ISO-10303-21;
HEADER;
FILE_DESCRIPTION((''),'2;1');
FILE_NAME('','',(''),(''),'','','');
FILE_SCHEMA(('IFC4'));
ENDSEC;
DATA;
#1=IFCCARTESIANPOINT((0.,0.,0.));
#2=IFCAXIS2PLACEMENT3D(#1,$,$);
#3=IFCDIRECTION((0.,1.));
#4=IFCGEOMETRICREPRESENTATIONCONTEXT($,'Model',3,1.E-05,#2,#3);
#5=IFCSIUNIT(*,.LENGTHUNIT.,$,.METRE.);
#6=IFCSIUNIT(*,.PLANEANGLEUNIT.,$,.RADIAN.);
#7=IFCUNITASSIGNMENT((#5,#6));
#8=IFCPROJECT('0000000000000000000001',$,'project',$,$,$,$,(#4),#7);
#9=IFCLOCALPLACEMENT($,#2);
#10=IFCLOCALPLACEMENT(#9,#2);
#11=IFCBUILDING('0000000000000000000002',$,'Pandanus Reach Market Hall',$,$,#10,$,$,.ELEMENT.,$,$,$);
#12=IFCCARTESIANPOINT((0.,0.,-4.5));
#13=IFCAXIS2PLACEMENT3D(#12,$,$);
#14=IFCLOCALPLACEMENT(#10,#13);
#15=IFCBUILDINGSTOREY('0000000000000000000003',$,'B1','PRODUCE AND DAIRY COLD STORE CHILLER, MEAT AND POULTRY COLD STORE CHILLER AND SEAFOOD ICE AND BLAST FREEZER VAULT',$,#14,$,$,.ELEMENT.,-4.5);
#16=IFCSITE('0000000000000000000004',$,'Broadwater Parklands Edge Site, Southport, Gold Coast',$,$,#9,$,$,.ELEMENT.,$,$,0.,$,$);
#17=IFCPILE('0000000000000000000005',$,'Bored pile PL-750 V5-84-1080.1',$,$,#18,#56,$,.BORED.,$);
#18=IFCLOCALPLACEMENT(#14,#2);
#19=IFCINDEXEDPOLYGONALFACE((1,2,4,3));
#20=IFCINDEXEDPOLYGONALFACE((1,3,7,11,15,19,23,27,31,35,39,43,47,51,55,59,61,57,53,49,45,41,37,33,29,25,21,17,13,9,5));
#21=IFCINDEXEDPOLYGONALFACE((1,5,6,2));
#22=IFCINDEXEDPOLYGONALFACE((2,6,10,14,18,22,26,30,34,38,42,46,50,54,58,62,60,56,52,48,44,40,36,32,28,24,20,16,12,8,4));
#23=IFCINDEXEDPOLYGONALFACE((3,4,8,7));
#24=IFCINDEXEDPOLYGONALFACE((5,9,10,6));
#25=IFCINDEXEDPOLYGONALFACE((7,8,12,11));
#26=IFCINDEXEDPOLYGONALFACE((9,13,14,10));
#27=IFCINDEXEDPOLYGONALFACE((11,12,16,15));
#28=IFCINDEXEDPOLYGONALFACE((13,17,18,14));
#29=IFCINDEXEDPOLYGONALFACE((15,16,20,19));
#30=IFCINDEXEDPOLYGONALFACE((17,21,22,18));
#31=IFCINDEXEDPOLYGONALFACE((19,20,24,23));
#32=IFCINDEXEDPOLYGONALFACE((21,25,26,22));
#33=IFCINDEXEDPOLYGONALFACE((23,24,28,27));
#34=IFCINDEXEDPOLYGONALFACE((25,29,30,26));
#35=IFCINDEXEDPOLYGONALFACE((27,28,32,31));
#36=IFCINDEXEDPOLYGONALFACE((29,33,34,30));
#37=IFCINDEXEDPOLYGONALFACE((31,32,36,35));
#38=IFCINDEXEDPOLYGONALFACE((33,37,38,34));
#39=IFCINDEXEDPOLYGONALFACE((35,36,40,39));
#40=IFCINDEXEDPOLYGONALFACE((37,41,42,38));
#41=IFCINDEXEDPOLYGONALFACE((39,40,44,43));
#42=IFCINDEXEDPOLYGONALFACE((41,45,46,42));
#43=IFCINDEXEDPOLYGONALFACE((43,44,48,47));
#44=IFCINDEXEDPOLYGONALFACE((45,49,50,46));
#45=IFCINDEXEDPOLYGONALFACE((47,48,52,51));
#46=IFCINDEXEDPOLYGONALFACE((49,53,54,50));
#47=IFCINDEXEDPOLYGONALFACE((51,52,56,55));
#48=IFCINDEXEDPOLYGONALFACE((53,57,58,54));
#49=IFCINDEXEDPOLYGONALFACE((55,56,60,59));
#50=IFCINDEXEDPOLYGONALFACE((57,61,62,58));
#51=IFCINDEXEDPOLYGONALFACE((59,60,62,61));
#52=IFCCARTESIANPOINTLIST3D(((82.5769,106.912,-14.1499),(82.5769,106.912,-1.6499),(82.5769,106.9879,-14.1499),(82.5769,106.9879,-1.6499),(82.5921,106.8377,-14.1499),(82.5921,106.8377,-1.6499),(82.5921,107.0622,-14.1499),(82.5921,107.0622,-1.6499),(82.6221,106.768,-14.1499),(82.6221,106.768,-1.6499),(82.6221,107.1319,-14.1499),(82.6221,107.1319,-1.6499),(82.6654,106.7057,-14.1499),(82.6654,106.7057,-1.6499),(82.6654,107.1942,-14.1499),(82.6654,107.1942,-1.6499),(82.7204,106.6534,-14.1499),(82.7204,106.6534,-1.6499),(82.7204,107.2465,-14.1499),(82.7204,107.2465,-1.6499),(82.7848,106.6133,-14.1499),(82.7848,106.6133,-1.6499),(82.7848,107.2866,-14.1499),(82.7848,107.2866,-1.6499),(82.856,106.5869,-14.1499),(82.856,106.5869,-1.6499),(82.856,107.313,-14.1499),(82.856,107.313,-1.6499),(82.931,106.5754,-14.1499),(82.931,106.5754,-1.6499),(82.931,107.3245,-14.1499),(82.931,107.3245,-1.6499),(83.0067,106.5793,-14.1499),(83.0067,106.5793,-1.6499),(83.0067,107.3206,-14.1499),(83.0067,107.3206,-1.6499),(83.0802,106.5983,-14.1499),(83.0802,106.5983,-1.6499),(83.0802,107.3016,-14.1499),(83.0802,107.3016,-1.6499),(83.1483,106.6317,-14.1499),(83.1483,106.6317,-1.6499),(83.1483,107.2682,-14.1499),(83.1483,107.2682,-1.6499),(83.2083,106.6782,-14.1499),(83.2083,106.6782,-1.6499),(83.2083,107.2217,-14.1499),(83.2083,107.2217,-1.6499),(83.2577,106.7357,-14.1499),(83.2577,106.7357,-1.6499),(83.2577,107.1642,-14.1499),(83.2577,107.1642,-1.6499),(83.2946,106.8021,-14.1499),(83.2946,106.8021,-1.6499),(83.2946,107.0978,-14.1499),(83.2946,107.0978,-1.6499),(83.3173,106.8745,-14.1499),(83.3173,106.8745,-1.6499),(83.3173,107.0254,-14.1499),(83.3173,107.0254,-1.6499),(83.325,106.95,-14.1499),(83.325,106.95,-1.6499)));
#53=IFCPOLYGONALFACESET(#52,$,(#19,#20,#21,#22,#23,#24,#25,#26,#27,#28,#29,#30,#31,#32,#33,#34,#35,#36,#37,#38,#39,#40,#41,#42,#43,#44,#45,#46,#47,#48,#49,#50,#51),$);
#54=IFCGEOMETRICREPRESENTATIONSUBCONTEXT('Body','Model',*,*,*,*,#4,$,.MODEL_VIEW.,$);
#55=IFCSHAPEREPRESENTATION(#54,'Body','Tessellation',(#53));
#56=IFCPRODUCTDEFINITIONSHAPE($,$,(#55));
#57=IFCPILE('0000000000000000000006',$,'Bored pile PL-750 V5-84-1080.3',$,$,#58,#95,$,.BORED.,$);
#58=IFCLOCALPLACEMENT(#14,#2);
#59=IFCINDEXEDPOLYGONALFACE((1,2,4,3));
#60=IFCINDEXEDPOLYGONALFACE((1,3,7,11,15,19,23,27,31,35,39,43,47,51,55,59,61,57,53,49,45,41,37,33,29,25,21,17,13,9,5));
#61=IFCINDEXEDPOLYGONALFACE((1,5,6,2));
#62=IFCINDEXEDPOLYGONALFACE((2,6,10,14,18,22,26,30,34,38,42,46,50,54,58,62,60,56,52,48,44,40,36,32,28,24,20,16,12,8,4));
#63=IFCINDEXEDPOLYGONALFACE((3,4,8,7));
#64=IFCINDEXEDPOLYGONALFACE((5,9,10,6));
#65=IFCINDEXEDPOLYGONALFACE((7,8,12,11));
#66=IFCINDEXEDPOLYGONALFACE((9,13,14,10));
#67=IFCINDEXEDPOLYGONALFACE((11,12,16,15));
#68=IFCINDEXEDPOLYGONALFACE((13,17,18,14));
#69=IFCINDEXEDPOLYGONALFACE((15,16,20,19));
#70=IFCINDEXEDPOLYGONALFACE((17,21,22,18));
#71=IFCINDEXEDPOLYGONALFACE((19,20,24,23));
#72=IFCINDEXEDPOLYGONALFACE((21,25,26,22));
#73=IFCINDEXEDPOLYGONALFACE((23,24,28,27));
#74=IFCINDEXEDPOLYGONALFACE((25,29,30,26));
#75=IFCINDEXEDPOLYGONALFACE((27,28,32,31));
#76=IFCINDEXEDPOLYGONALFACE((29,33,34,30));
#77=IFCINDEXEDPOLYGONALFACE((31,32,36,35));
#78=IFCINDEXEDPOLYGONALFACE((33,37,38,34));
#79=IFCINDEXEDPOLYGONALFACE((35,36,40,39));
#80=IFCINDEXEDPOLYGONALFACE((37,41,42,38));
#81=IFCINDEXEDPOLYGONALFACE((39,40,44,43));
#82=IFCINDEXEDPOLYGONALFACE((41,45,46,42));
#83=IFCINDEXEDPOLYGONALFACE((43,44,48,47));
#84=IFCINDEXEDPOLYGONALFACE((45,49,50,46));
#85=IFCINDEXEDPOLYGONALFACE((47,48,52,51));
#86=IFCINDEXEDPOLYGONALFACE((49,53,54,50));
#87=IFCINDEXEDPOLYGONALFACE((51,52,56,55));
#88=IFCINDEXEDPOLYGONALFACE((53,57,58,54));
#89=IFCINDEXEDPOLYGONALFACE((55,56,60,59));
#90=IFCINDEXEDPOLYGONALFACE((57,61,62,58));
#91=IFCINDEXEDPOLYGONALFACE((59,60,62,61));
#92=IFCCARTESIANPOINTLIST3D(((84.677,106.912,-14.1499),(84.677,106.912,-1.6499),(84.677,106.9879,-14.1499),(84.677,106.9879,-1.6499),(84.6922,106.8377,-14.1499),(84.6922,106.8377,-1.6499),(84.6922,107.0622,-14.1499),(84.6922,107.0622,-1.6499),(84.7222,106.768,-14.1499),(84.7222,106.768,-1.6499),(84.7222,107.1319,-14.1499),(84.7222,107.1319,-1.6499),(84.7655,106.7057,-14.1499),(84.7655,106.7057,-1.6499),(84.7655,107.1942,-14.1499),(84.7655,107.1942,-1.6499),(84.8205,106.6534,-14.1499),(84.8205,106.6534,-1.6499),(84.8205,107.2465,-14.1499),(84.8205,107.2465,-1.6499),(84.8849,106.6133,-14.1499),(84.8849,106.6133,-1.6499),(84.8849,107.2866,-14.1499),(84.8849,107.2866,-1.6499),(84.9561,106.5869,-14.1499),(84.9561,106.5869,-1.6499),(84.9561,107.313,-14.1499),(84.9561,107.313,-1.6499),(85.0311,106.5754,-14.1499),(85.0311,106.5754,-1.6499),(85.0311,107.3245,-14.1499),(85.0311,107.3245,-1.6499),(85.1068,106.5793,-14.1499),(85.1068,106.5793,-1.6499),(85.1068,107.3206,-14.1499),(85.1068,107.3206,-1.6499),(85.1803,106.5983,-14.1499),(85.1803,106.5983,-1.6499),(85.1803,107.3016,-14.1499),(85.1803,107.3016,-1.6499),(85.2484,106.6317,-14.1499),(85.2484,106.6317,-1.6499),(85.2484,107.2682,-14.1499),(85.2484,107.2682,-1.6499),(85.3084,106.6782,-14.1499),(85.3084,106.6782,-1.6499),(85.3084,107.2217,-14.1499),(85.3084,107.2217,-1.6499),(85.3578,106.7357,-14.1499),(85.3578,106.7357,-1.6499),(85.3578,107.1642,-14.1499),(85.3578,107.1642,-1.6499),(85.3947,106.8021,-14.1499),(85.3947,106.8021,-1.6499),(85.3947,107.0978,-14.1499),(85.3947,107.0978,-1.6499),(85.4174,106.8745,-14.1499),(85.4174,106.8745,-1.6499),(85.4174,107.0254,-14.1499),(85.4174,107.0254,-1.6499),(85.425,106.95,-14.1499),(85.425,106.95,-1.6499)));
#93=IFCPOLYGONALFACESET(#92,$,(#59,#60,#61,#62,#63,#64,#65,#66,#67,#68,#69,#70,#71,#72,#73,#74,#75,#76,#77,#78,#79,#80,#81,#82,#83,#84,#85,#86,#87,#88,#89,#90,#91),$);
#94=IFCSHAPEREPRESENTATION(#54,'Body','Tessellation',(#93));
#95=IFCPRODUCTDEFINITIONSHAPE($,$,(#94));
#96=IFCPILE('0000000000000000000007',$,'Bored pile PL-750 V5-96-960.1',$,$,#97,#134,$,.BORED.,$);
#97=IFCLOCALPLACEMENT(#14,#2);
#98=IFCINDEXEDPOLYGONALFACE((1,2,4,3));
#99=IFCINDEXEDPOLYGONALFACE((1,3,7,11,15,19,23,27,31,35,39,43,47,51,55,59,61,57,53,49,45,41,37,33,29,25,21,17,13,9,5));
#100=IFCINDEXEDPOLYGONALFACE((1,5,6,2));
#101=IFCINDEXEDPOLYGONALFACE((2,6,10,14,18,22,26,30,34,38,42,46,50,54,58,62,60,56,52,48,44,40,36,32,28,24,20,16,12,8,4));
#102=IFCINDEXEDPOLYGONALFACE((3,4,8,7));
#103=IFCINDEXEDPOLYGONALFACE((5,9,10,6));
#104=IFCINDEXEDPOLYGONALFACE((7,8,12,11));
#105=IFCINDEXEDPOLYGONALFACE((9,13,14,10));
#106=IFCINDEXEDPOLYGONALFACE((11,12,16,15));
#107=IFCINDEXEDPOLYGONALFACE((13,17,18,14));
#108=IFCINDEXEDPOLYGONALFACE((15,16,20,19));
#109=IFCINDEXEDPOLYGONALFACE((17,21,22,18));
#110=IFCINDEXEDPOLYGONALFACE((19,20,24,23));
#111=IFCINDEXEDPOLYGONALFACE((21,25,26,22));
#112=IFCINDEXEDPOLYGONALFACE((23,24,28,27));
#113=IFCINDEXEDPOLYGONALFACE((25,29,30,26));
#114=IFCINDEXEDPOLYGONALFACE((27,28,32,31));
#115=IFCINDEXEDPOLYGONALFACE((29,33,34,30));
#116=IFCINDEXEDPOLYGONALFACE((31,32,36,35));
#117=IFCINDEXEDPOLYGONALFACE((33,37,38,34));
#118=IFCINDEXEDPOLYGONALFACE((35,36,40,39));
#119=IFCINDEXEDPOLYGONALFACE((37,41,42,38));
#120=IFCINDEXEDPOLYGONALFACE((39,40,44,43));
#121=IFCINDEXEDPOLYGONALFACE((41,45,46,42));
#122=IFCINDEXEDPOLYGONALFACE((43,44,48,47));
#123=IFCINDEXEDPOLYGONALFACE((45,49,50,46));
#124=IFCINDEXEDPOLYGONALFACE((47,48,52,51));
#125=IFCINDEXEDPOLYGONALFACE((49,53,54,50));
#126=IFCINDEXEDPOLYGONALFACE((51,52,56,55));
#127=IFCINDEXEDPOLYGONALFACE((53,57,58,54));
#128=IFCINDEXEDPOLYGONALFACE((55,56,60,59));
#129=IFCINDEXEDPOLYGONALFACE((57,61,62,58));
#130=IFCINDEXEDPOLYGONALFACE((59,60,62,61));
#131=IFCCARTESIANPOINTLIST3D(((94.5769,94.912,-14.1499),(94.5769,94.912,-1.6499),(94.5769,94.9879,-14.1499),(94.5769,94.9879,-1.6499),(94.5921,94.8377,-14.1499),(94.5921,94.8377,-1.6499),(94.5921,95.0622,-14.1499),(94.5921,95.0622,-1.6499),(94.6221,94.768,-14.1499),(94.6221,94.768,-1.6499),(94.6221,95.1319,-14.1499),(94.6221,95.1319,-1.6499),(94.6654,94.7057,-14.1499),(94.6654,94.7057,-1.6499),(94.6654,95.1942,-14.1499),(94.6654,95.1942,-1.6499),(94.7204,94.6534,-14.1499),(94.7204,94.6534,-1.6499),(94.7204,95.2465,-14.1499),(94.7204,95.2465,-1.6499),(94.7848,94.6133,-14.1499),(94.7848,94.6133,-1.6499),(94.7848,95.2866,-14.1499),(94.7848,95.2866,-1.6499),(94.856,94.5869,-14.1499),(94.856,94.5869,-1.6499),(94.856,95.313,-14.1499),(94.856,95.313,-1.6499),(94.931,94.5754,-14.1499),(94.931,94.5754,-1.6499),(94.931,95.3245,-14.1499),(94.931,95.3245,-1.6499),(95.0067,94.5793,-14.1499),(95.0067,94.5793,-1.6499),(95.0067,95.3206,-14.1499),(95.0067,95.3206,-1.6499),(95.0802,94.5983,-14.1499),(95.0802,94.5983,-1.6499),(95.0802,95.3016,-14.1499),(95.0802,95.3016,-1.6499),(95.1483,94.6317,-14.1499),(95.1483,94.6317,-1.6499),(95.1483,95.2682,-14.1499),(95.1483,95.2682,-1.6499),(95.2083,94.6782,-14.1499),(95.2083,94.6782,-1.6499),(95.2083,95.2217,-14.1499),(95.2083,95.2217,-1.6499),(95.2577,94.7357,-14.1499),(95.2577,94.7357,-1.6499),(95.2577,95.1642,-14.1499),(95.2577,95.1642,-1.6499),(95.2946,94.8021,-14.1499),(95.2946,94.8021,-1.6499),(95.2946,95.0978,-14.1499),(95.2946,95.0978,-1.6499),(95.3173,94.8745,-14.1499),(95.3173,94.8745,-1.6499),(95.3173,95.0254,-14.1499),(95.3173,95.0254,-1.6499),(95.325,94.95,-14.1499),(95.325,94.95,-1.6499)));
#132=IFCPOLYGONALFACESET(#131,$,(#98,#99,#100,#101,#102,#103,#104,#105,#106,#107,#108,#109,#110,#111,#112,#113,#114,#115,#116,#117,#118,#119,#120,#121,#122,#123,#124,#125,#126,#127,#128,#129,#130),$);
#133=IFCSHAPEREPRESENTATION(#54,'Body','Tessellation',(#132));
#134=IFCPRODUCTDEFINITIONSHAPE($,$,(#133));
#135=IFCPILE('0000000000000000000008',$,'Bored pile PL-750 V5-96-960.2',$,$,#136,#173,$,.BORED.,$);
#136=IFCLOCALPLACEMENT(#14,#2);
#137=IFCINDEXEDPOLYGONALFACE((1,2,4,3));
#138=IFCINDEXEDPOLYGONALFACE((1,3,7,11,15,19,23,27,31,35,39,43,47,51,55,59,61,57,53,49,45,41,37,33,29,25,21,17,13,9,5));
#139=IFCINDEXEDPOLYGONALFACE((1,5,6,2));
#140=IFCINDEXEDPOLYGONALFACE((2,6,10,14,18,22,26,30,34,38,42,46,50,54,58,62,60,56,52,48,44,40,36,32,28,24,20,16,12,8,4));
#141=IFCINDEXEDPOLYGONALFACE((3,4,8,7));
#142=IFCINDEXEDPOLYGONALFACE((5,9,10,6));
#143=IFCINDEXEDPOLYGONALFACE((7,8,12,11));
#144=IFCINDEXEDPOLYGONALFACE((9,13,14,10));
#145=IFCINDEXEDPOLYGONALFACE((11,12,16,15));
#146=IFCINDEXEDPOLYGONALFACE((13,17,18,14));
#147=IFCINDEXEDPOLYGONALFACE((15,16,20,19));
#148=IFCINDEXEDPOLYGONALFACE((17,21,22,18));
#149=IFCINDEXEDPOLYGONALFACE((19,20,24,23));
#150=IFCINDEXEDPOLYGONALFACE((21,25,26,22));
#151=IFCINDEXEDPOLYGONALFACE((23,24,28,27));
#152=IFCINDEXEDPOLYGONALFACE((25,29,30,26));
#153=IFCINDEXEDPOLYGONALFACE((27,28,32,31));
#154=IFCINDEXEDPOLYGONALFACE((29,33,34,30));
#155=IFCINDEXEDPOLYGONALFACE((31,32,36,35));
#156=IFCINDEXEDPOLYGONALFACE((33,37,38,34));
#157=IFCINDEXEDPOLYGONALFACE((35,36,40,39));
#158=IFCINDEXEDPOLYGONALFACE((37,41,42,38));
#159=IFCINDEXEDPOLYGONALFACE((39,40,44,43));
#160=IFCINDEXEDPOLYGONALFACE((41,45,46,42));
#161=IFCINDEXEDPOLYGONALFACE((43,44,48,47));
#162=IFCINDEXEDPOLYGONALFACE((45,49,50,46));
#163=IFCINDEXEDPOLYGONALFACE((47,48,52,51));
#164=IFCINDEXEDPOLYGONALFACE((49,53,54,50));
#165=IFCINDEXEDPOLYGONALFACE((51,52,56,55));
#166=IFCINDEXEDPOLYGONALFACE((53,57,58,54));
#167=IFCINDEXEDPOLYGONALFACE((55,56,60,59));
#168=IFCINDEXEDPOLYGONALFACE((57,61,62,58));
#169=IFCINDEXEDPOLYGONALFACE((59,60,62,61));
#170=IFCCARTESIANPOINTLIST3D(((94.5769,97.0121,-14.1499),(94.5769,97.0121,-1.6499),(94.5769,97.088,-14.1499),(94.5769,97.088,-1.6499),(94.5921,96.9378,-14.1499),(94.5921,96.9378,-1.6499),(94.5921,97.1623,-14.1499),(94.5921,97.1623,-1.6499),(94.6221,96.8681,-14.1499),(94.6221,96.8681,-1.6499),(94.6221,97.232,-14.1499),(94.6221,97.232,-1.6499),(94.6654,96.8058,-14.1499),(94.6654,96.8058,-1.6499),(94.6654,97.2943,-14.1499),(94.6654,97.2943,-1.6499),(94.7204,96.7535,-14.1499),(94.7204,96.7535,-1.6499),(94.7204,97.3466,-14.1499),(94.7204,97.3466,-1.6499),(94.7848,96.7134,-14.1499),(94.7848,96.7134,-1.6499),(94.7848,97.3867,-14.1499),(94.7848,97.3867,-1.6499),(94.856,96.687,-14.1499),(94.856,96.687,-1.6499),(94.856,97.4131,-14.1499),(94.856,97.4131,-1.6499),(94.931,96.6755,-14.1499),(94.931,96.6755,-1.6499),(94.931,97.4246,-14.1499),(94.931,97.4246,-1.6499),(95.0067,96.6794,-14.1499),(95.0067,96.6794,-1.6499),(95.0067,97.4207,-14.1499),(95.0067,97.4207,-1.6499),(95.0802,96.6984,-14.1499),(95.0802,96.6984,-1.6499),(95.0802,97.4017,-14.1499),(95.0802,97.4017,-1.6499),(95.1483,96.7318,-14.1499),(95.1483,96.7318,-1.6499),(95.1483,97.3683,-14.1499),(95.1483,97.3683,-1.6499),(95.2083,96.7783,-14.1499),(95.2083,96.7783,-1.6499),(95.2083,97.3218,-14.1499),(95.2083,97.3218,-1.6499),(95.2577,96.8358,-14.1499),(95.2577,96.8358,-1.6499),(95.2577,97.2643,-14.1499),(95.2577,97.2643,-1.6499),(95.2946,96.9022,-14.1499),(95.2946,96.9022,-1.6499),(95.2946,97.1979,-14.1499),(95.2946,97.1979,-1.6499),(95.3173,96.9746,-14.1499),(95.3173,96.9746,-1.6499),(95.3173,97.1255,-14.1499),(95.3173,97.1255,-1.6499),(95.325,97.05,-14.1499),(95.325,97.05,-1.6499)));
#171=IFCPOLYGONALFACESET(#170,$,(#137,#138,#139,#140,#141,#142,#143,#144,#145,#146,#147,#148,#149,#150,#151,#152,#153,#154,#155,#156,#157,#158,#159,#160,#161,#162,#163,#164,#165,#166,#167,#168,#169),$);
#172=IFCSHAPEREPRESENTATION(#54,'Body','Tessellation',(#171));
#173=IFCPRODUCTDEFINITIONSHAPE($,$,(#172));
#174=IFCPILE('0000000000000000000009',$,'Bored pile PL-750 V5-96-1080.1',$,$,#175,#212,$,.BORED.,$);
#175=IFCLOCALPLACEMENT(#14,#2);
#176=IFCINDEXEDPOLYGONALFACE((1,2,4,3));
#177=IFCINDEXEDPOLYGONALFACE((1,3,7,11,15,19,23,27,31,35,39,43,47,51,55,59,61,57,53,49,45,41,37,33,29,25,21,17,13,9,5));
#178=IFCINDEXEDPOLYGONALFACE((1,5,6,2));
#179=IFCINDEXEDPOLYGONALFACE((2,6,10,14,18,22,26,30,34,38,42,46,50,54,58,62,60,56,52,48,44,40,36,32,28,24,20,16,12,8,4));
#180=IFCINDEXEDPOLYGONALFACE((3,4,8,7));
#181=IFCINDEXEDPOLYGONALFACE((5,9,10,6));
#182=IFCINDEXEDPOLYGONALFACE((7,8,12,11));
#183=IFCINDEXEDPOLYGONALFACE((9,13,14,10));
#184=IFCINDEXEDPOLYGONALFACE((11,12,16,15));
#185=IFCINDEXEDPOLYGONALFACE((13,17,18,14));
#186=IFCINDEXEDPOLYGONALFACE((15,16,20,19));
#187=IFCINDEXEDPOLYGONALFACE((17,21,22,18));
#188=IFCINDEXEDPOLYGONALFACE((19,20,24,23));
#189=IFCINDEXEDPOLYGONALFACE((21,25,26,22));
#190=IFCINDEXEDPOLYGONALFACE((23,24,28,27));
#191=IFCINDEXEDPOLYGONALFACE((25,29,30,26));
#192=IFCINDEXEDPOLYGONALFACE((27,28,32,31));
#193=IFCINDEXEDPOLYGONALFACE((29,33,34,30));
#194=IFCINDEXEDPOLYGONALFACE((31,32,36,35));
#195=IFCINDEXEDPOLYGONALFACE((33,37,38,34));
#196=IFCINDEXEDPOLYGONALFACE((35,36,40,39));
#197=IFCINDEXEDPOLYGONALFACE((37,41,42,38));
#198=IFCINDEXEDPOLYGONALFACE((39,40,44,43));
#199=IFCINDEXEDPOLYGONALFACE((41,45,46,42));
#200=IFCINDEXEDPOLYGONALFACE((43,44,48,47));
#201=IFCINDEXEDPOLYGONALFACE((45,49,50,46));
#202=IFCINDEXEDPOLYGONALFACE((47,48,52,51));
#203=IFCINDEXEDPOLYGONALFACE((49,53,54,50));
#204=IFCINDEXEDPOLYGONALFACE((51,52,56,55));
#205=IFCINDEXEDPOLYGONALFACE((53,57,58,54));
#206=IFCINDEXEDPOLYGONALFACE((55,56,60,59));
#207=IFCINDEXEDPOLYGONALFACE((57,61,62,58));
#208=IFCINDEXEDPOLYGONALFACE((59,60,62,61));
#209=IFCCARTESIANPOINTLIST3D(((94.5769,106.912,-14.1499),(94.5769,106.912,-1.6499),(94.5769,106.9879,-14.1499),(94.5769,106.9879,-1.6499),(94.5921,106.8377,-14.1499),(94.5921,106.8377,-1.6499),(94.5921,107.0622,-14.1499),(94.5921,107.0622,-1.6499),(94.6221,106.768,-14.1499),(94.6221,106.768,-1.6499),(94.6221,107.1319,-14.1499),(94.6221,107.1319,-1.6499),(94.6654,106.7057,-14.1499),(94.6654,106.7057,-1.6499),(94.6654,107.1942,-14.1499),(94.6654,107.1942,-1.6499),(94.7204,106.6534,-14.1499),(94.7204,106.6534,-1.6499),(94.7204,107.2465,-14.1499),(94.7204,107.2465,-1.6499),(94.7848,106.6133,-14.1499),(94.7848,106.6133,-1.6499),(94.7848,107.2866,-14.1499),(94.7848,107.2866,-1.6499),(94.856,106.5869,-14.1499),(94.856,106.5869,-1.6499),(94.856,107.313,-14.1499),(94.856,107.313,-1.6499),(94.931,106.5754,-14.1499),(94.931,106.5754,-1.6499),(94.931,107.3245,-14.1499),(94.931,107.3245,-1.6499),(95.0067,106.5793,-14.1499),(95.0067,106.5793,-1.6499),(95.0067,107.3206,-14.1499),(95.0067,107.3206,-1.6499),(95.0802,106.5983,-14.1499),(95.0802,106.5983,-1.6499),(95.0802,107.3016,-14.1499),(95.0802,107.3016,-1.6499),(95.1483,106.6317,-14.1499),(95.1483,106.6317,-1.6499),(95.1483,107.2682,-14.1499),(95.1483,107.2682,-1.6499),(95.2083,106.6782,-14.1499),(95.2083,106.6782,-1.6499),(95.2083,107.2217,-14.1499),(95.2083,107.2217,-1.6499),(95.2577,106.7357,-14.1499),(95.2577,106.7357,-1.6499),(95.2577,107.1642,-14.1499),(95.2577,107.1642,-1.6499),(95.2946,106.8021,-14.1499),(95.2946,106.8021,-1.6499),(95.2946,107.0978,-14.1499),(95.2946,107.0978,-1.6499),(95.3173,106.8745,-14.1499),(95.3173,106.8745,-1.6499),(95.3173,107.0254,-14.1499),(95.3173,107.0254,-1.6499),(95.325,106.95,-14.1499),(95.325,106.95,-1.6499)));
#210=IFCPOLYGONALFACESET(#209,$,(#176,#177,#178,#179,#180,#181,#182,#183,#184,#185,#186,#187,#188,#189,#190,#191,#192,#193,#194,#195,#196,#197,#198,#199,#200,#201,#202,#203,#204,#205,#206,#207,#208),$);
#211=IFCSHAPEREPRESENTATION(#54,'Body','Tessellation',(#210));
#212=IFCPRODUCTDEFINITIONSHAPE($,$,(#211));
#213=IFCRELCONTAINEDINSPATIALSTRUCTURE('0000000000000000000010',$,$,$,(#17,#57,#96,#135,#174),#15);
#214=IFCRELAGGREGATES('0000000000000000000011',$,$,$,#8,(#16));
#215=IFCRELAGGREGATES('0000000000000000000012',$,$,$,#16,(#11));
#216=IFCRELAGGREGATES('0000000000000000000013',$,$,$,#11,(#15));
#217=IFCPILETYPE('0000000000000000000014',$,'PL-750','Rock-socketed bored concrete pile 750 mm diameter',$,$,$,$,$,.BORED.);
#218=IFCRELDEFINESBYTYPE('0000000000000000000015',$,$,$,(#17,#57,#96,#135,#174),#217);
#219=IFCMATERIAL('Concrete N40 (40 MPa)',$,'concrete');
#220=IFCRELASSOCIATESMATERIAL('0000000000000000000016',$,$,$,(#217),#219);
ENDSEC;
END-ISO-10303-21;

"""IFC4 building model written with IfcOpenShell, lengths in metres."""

from ifc_helpers import new_model, si_unit, direction, frame, origin, origin_2d, place, context, subcontext, project, spatial, circle, extrude, material, material_profile, profile_set, type_object, element, save


model = new_model("IFC4")

# Units and contexts
model_context = context("Model", 3, precision=1e-05, world=origin(), true_north=direction((0.0, 1.0)))
body_context = subcontext(model_context, "Body", "Model", "MODEL_VIEW")
ifc_project = project(units=[si_unit("LENGTHUNIT", "METRE"), si_unit("PLANEANGLEUNIT", "RADIAN")], contexts=[model_context])

# Site, building, storey
site_placement = place(None, origin())
site = spatial("IfcSite", under=ifc_project, at=site_placement, Name="Broadwater Parklands Edge Site, Southport, Gold Coast", CompositionType="ELEMENT", RefElevation=0.0)
building_placement = place(site_placement, origin())
building = spatial("IfcBuilding", under=site, at=building_placement, Name="Pandanus Reach Market Hall", CompositionType="ELEMENT")
storey_placement = place(building_placement, frame((0.0, 0.0, -4.5)))
storey = spatial("IfcBuildingStorey", under=building, at=storey_placement, Name="B1", Description="PRODUCE AND DAIRY COLD STORE CHILLER, MEAT AND POULTRY COLD STORE CHILLER AND SEAFOOD ICE AND BLAST FREEZER VAULT", CompositionType="ELEMENT", Elevation=-4.5)

# Shared definitions
ifc_material_1 = material(Name="Concrete N40 (40 MPa)", Category="concrete")

# Piles
ifc_material_profile_1 = material_profile(ifc_material_1, circle(Radius=0.375, at=origin_2d()), Name="PILE-750D", Category="LoadBearing")
ifc_profile_set_1 = profile_set([ifc_material_profile_1], Name="Concrete N40 (40 MPa)")
pile_type = type_object("IfcPileType", Name="PL-750", Description="Rock-socketed bored concrete pile 750 mm diameter", PredefinedType="BORED", material=ifc_profile_set_1)
for number, where, z_axis, x_axis, name in (
    (1, (82.95, 106.95, -1.6499), (0.0, 0.0, -1.0), (1.0, 0.0, 0.0), "Bored pile PL-750 V5-84-1080.1"),
    (2, (85.05, 106.95, -1.6499), (0.0, 0.0, -1.0), (1.0, 0.0, 0.0), "Bored pile PL-750 V5-84-1080.3"),
    (3, (94.95, 94.95, -1.6499), (0.0, 0.0, -1.0), (1.0, 0.0, 0.0), "Bored pile PL-750 V5-96-960.1"),
    (4, (94.95, 97.05, -1.6499), (0.0, 0.0, -1.0), (1.0, 0.0, 0.0), "Bored pile PL-750 V5-96-960.2"),
    (5, (94.95, 106.95, -1.6499), (0.0, 0.0, -1.0), (1.0, 0.0, 0.0), "Bored pile PL-750 V5-96-1080.1"),
):
    element("IfcPile", number, at=place(storey_placement, frame(where, z_axis=z_axis, x_axis=x_axis)), inside=storey, type_object=pile_type, Name=name, PredefinedType="BORED", context=body_context, shape_type="SweptSolid", body=[
        extrude(circle(Radius=0.375, at=origin_2d()), origin(), (0.0, 0.0, 1.0), 12.5),
    ])

save(model, "model.ifc")
